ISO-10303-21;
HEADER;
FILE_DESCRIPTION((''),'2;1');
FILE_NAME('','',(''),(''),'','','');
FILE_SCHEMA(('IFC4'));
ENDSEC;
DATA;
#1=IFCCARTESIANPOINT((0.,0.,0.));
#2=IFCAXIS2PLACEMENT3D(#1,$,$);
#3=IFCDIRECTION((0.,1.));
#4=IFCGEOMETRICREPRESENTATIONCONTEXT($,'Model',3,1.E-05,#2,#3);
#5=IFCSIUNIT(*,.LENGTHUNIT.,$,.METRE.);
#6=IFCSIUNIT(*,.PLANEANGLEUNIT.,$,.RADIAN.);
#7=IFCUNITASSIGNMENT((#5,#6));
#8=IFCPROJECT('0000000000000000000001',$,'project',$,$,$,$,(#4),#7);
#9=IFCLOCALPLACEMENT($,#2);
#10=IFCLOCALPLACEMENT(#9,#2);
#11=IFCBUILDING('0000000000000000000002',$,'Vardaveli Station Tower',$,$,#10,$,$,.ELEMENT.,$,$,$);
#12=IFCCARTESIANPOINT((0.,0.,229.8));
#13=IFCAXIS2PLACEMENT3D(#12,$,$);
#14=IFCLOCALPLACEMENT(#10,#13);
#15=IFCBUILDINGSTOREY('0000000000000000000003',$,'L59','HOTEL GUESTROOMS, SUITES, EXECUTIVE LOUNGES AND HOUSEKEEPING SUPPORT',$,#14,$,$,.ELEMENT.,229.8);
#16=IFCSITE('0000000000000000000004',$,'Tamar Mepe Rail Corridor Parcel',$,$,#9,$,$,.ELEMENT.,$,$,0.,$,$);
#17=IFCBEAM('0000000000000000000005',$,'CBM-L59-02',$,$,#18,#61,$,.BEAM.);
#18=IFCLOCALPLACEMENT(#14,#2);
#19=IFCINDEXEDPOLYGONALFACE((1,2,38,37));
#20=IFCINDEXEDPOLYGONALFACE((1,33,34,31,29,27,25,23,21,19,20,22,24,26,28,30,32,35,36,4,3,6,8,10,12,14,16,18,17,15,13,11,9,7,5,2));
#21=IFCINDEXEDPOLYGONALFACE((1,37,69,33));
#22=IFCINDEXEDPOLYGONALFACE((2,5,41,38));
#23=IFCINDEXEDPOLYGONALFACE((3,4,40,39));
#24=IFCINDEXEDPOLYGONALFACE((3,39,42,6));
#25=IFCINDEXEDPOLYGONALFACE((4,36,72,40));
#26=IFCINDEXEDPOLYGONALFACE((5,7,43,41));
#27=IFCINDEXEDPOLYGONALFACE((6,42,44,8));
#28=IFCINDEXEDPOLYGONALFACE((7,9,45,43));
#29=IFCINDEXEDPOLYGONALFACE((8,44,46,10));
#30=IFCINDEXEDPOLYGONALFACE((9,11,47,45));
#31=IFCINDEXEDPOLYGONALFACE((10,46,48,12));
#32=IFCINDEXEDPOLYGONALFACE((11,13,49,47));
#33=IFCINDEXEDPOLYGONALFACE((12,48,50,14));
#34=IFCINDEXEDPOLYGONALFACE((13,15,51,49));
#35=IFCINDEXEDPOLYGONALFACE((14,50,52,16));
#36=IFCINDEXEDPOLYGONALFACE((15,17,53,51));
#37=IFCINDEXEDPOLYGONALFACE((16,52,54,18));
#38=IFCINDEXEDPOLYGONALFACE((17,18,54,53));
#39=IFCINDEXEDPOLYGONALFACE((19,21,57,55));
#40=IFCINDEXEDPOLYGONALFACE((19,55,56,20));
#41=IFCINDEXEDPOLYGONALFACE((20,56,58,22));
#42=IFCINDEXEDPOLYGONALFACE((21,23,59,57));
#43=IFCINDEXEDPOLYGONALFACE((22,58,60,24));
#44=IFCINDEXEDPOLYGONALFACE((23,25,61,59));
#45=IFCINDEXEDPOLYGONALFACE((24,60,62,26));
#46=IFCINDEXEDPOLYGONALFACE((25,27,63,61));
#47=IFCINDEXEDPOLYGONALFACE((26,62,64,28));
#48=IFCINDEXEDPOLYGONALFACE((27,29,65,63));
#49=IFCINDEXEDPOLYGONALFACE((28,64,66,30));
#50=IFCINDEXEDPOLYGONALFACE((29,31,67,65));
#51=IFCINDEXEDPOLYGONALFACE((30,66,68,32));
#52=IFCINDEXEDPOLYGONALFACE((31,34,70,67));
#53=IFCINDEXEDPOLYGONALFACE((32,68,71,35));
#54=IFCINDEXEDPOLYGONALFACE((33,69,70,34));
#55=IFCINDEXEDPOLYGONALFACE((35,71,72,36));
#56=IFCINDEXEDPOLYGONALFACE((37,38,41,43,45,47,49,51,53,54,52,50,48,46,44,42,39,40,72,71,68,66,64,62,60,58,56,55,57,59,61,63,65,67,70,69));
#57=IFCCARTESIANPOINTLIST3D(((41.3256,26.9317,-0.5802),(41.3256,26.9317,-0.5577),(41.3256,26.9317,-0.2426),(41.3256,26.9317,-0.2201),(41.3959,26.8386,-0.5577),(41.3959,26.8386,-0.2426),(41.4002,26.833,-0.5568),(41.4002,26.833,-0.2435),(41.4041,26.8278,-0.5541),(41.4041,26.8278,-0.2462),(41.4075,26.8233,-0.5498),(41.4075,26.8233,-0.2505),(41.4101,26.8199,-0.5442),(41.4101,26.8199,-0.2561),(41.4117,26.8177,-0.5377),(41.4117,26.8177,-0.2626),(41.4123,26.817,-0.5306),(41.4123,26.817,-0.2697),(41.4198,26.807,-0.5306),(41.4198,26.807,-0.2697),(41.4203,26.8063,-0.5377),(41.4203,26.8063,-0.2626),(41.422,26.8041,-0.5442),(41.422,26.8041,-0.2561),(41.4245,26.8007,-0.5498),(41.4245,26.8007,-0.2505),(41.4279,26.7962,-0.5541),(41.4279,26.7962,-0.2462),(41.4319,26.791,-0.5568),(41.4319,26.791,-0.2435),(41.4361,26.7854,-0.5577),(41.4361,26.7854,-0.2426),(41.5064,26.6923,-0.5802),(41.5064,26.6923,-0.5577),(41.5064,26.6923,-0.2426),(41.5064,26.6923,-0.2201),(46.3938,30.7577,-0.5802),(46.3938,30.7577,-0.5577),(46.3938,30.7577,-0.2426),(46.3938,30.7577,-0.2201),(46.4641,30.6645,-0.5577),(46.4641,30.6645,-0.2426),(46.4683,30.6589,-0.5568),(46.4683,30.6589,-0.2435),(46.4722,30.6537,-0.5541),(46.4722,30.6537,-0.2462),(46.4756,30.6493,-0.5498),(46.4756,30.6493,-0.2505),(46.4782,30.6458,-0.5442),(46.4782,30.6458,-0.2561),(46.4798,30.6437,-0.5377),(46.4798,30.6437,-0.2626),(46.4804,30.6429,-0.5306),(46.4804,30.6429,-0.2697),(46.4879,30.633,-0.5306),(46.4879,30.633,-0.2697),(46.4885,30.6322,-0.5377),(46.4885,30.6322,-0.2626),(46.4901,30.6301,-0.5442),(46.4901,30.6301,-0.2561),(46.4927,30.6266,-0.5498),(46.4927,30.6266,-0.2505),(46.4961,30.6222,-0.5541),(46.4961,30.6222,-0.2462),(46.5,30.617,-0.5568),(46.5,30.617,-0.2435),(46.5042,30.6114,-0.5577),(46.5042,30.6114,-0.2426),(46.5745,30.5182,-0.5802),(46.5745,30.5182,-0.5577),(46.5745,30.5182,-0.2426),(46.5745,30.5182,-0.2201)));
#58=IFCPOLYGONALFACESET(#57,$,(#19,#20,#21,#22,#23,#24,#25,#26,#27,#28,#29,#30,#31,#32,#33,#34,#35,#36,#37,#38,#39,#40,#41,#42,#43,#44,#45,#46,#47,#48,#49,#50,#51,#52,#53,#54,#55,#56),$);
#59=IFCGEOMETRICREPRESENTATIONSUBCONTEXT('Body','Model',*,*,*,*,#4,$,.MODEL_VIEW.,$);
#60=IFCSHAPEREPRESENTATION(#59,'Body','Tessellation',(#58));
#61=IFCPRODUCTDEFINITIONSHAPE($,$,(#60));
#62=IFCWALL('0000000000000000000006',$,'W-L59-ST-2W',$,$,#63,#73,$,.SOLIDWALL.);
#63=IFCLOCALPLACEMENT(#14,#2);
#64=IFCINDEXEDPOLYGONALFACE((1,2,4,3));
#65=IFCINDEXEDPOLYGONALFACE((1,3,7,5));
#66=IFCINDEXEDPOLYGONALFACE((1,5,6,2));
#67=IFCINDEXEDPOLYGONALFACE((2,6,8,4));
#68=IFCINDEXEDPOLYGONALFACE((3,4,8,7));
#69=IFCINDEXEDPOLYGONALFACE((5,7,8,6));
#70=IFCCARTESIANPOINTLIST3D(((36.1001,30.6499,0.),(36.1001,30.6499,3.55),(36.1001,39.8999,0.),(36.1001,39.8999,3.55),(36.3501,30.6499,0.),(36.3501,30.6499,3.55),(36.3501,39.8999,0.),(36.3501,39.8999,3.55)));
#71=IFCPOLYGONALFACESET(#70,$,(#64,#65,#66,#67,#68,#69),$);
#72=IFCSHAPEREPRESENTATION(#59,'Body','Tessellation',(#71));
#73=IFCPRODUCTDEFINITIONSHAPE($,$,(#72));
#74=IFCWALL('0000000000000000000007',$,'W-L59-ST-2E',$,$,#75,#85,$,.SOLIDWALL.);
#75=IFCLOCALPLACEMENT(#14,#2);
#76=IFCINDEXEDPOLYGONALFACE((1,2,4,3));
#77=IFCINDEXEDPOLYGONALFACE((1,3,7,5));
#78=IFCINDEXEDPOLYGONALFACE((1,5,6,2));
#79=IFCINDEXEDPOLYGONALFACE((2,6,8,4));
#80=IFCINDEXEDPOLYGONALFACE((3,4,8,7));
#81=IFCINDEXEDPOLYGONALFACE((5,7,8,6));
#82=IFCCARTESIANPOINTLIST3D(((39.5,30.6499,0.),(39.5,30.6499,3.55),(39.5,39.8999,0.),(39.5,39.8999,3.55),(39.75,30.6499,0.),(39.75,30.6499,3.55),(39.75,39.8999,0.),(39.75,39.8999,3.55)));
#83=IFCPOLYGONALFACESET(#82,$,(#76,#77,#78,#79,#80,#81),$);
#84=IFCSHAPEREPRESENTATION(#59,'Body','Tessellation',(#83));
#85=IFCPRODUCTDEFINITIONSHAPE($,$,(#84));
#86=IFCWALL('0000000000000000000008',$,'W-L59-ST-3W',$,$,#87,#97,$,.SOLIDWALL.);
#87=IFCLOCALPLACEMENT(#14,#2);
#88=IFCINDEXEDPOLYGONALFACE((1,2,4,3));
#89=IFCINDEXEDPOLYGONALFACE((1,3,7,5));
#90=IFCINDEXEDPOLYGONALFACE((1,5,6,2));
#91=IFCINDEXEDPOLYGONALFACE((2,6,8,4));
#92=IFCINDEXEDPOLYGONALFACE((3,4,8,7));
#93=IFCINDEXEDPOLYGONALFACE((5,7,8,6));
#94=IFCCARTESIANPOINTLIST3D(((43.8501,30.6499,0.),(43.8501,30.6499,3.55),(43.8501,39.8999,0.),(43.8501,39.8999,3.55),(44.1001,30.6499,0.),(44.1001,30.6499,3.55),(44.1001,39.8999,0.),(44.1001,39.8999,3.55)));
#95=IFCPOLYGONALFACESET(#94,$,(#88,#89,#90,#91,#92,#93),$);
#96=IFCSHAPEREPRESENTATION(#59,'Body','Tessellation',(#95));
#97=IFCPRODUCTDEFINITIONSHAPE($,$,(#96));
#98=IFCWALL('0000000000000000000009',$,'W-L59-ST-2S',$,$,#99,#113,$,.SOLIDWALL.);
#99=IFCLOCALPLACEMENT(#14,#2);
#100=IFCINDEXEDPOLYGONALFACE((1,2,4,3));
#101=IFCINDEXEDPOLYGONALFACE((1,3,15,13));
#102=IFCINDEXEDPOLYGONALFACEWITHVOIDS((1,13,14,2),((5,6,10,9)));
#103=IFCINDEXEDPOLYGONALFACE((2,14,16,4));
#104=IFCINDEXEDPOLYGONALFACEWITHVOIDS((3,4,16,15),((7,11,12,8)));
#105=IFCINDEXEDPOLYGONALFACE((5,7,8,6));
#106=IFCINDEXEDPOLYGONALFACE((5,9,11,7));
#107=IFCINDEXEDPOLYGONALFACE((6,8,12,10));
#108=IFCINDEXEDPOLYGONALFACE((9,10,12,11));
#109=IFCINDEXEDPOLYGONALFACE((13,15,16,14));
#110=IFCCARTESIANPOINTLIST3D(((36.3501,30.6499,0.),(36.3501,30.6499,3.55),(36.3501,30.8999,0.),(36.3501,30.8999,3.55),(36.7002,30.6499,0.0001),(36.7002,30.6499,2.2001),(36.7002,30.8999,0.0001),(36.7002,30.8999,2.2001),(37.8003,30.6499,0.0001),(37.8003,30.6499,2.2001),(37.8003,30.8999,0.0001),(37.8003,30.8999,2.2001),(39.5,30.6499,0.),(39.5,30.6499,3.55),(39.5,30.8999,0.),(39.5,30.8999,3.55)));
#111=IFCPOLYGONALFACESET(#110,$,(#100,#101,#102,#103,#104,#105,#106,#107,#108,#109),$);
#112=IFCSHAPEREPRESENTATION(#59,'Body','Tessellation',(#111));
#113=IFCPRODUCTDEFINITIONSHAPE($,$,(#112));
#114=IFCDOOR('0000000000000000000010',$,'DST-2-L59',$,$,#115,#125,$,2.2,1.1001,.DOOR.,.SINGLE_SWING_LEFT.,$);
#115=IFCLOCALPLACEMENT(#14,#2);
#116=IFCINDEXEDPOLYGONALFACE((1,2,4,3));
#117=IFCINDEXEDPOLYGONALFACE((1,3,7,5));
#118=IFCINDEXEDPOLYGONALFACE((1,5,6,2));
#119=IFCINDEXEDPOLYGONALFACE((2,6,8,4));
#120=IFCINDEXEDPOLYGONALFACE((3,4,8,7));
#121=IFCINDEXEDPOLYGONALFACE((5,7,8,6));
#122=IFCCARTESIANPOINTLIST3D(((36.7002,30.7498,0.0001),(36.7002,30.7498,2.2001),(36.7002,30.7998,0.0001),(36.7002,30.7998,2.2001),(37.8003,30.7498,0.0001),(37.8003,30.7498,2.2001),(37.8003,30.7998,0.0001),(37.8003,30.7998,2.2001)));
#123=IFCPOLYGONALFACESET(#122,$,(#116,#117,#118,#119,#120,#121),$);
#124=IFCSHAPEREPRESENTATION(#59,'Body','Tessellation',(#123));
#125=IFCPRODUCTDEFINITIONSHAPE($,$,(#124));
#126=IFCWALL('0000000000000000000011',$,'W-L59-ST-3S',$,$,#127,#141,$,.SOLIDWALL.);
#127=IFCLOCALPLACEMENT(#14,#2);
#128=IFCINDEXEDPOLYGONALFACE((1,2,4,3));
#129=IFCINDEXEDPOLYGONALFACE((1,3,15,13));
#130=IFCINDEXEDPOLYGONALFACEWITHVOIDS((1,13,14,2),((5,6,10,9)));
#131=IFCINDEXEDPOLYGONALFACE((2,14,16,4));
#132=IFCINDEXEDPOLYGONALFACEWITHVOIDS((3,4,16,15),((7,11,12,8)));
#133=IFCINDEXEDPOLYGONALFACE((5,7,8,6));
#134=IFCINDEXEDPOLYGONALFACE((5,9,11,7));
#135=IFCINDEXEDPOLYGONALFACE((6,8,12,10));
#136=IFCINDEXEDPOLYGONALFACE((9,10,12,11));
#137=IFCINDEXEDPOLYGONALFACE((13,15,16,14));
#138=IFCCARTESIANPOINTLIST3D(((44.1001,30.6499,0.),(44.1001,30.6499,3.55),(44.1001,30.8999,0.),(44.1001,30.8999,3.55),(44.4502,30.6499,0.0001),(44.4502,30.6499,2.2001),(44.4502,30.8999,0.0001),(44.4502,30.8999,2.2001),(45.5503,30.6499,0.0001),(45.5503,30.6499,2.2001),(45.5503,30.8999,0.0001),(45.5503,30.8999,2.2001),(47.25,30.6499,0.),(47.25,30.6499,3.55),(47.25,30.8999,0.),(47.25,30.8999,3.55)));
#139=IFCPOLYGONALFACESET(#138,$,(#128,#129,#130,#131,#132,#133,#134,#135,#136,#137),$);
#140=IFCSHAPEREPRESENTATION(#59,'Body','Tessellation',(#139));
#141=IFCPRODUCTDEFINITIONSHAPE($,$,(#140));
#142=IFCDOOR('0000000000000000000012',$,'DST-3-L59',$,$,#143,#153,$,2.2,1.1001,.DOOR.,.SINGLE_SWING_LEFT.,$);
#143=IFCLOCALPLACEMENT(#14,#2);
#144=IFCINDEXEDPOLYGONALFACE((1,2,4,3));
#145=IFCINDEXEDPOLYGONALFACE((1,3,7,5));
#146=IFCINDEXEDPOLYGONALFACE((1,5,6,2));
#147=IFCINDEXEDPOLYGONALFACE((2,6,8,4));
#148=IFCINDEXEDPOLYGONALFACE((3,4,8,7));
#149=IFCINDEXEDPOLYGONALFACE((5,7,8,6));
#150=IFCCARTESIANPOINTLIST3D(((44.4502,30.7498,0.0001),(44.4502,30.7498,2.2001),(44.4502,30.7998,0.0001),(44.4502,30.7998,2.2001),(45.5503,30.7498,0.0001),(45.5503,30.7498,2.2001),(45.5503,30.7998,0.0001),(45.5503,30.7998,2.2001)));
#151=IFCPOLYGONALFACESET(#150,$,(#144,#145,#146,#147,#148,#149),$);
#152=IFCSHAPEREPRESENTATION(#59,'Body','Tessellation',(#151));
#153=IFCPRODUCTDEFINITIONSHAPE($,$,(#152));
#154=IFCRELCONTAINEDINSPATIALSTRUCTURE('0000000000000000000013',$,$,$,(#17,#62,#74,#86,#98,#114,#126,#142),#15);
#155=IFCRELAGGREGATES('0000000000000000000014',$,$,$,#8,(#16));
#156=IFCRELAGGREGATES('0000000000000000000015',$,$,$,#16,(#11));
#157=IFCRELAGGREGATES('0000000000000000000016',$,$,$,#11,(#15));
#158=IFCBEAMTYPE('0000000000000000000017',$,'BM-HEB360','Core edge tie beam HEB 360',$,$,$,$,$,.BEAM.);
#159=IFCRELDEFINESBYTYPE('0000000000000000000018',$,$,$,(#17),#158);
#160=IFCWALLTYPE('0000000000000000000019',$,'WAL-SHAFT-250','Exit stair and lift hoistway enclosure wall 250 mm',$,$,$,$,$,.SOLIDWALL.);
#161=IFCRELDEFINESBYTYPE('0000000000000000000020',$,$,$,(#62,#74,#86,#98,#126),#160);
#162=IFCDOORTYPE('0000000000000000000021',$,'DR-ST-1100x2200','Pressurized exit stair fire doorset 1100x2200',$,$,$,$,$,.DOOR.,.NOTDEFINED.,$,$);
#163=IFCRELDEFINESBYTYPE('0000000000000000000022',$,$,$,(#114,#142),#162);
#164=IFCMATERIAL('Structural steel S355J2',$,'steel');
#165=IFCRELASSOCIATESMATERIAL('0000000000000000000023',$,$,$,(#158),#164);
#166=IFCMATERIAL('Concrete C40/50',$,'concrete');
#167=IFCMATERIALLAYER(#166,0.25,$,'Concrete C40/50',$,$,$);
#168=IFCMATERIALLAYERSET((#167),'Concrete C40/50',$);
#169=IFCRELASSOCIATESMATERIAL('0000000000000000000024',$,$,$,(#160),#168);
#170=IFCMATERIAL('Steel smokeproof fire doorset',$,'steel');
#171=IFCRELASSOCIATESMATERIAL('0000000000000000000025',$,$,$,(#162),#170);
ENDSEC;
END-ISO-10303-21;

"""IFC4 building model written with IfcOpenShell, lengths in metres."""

from ifc_helpers import new_model, si_unit, direction, frame, frame_2d, origin, origin_2d, place, context, subcontext, project, spatial, rectangle, i_section, extrude, source, transform, mapped, material, layer, layer_set, material_profile, profile_set, type_object, element, fill, save


model = new_model("IFC4")

# Units and contexts
model_context = context("Model", 3, precision=1e-05, world=origin(), true_north=direction((0.0, 1.0)))
body_context = subcontext(model_context, "Body", "Model", "MODEL_VIEW")
ifc_project = project(units=[si_unit("LENGTHUNIT", "METRE"), si_unit("PLANEANGLEUNIT", "RADIAN")], contexts=[model_context])

# Site, building, storey
site_placement = place(None, origin())
site = spatial("IfcSite", under=ifc_project, at=site_placement, Name="Tamar Mepe Rail Corridor Parcel", CompositionType="ELEMENT", RefElevation=0.0)
building_placement = place(site_placement, origin())
building = spatial("IfcBuilding", under=site, at=building_placement, Name="Vardaveli Station Tower", CompositionType="ELEMENT")
storey_placement = place(building_placement, frame((0.0, 0.0, 229.8)))
storey = spatial("IfcBuildingStorey", under=building, at=storey_placement, Name="L59", Description="HOTEL GUESTROOMS, SUITES, EXECUTIVE LOUNGES AND HOUSEKEEPING SUPPORT", CompositionType="ELEMENT", Elevation=229.8)

# Beam
ifc_material_1 = material(Name="Structural steel S355J2", Category="steel")
ifc_material_profile = material_profile(ifc_material_1, i_section(OverallWidth=0.3, OverallDepth=0.3601, WebThickness=0.0125, FlangeThickness=0.0225, FilletRadius=0.0271, at=origin_2d()), Name="HEB 360")
ifc_profile_set = profile_set([ifc_material_profile], Name="Structural steel S355J2")
beam_type = type_object("IfcBeamType", Name="BM-HEB360", Description="Core edge tie beam HEB 360", PredefinedType="BEAM", material=ifc_profile_set)
shared_shape_1 = source(origin(), body_context, "Body", "SweptSolid", [
    extrude(i_section(OverallWidth=0.3, OverallDepth=0.3601, WebThickness=0.0125, FlangeThickness=0.0225, FilletRadius=0.0271, at=origin_2d()), origin(), (0.0, 0.0, 1.0), 6.3501),
])
beam_placement = place(storey_placement, frame((41.416, 26.812, -0.4001), z_axis=(0.798118, 0.602501, 0.0), x_axis=(-0.602501, 0.798118, 0.0)))
element("IfcBeam", 1, at=beam_placement, inside=storey, type_object=beam_type, Name="CBM-L59-02", PredefinedType="BEAM", context=body_context, shape_type="MappedRepresentation", body=[
    mapped(shared_shape_1, transform((0.0, 0.0, 0.0), scale=1.0)),
])

# Walls
ifc_material_2 = material(Name="Concrete C40/50", Category="concrete")
ifc_layer_1 = layer(ifc_material_2, 0.25, Name="Concrete C40/50")
ifc_layer_set_1 = layer_set([ifc_layer_1], Name="Concrete C40/50")
wall_type_1 = type_object("IfcWallType", Name="WAL-SHAFT-250", Description="Exit stair and lift hoistway enclosure wall 250 mm", PredefinedType="SOLIDWALL", material=ifc_layer_set_1)
shared_shape_2 = source(origin(), body_context, "Body", "SweptSolid", [
    extrude(rectangle(XDim=9.25, YDim=0.25, at=frame_2d((4.625, 0.0))), origin(), (0.0, 0.0, 1.0), 3.55),
])
for number, where, z_axis, x_axis, name in (
    (2, (36.2251, 30.6499, 0.0), (0.0, 0.0, 1.0), (0.0, 1.0, 0.0), "W-L59-ST-2W"),
    (3, (39.625, 30.6499, 0.0), (0.0, 0.0, 1.0), (0.0, 1.0, 0.0), "W-L59-ST-2E"),
    (4, (43.9751, 30.6499, 0.0), (0.0, 0.0, 1.0), (0.0, 1.0, 0.0), "W-L59-ST-3W"),
):
    element("IfcWall", number, at=place(storey_placement, frame(where, z_axis=z_axis, x_axis=x_axis)), inside=storey, type_object=wall_type_1, Name=name, PredefinedType="SOLIDWALL", context=body_context, shape_type="MappedRepresentation", body=[
        mapped(shared_shape_2, transform((0.0, 0.0, 0.0), scale=1.0)),
    ])

# Walls, openings, doors
shared_shape_3 = source(origin(), body_context, "Body", "SweptSolid", [
    extrude(rectangle(XDim=3.1499, YDim=0.25, at=frame_2d((1.575, 0.0))), origin(), (0.0, 0.0, 1.0), 3.55),
])
wall_1_placement = place(storey_placement, frame((36.3501, 30.7749, 0.0), z_axis=(0.0, 0.0, 1.0), x_axis=(1.0, 0.0, 0.0)))
wall_1 = element("IfcWall", 5, at=wall_1_placement, inside=storey, type_object=wall_type_1, Name="W-L59-ST-2S", PredefinedType="SOLIDWALL", context=body_context, shape_type="MappedRepresentation", body=[
    mapped(shared_shape_3, transform((0.0, 0.0, 0.0), scale=1.0)),
])
shared_shape_4 = source(origin(), body_context, "Body", "SweptSolid", [
    extrude(rectangle(XDim=1.1001, YDim=2.2, at=frame_2d((0.55, 1.1001))), frame((0.0, 0.135, 0.0), z_axis=(0.0, -1.0, 0.0), x_axis=(1.0, 0.0, 0.0)), (0.0, 0.0, 1.0), 0.27),
])
opening_1_placement = place(wall_1_placement, frame((0.3501, 0.0, 0.0)))
opening_1 = element("IfcOpeningElement", 6, at=opening_1_placement, cuts=wall_1, PredefinedType="OPENING", context=body_context, shape_type="MappedRepresentation", body=[
    mapped(shared_shape_4, transform((0.0, 0.0, 0.0), scale=1.0)),
])
ifc_material_3 = material(Name="Steel smokeproof fire doorset", Category="steel")
door_type_1 = type_object("IfcDoorType", Name="DR-ST-1100x2200", Description="Pressurized exit stair fire doorset 1100x2200", OperationType="NOTDEFINED", PredefinedType="DOOR", material=ifc_material_3)
shared_shape_5 = source(origin(), body_context, "Body", "SweptSolid", [
    extrude(rectangle(XDim=1.1001, YDim=2.2, at=frame_2d((0.55, 1.1001))), frame((0.0, 0.0249, 0.0), z_axis=(0.0, -1.0, 0.0), x_axis=(1.0, 0.0, 0.0)), (0.0, 0.0, 1.0), 0.05),
])
door_1_placement = place(opening_1_placement, origin())
door_1 = element("IfcDoor", 7, at=door_1_placement, inside=storey, type_object=door_type_1, Name="DST-2-L59", OperationType="SINGLE_SWING_LEFT", OverallHeight=2.2, OverallWidth=1.1001, PredefinedType="DOOR", context=body_context, shape_type="MappedRepresentation", body=[
    mapped(shared_shape_5, transform((0.0, 0.0, 0.0), scale=1.0)),
])
fill(opening_1, door_1)
wall_2_placement = place(storey_placement, frame((44.1001, 30.7749, 0.0), z_axis=(0.0, 0.0, 1.0), x_axis=(1.0, 0.0, 0.0)))
wall_2 = element("IfcWall", 8, at=wall_2_placement, inside=storey, type_object=wall_type_1, Name="W-L59-ST-3S", PredefinedType="SOLIDWALL", context=body_context, shape_type="MappedRepresentation", body=[
    mapped(shared_shape_3, transform((0.0, 0.0, 0.0), scale=1.0)),
])
opening_2_placement = place(wall_2_placement, frame((0.3501, 0.0, 0.0)))
opening_2 = element("IfcOpeningElement", 9, at=opening_2_placement, cuts=wall_2, PredefinedType="OPENING", context=body_context, shape_type="MappedRepresentation", body=[
    mapped(shared_shape_4, transform((0.0, 0.0, 0.0), scale=1.0)),
])
door_2_placement = place(opening_2_placement, origin())
door_2 = element("IfcDoor", 10, at=door_2_placement, inside=storey, type_object=door_type_1, Name="DST-3-L59", OperationType="SINGLE_SWING_LEFT", OverallHeight=2.2, OverallWidth=1.1001, PredefinedType="DOOR", context=body_context, shape_type="MappedRepresentation", body=[
    mapped(shared_shape_5, transform((0.0, 0.0, 0.0), scale=1.0)),
])
fill(opening_2, door_2)

save(model, "model.ifc")
